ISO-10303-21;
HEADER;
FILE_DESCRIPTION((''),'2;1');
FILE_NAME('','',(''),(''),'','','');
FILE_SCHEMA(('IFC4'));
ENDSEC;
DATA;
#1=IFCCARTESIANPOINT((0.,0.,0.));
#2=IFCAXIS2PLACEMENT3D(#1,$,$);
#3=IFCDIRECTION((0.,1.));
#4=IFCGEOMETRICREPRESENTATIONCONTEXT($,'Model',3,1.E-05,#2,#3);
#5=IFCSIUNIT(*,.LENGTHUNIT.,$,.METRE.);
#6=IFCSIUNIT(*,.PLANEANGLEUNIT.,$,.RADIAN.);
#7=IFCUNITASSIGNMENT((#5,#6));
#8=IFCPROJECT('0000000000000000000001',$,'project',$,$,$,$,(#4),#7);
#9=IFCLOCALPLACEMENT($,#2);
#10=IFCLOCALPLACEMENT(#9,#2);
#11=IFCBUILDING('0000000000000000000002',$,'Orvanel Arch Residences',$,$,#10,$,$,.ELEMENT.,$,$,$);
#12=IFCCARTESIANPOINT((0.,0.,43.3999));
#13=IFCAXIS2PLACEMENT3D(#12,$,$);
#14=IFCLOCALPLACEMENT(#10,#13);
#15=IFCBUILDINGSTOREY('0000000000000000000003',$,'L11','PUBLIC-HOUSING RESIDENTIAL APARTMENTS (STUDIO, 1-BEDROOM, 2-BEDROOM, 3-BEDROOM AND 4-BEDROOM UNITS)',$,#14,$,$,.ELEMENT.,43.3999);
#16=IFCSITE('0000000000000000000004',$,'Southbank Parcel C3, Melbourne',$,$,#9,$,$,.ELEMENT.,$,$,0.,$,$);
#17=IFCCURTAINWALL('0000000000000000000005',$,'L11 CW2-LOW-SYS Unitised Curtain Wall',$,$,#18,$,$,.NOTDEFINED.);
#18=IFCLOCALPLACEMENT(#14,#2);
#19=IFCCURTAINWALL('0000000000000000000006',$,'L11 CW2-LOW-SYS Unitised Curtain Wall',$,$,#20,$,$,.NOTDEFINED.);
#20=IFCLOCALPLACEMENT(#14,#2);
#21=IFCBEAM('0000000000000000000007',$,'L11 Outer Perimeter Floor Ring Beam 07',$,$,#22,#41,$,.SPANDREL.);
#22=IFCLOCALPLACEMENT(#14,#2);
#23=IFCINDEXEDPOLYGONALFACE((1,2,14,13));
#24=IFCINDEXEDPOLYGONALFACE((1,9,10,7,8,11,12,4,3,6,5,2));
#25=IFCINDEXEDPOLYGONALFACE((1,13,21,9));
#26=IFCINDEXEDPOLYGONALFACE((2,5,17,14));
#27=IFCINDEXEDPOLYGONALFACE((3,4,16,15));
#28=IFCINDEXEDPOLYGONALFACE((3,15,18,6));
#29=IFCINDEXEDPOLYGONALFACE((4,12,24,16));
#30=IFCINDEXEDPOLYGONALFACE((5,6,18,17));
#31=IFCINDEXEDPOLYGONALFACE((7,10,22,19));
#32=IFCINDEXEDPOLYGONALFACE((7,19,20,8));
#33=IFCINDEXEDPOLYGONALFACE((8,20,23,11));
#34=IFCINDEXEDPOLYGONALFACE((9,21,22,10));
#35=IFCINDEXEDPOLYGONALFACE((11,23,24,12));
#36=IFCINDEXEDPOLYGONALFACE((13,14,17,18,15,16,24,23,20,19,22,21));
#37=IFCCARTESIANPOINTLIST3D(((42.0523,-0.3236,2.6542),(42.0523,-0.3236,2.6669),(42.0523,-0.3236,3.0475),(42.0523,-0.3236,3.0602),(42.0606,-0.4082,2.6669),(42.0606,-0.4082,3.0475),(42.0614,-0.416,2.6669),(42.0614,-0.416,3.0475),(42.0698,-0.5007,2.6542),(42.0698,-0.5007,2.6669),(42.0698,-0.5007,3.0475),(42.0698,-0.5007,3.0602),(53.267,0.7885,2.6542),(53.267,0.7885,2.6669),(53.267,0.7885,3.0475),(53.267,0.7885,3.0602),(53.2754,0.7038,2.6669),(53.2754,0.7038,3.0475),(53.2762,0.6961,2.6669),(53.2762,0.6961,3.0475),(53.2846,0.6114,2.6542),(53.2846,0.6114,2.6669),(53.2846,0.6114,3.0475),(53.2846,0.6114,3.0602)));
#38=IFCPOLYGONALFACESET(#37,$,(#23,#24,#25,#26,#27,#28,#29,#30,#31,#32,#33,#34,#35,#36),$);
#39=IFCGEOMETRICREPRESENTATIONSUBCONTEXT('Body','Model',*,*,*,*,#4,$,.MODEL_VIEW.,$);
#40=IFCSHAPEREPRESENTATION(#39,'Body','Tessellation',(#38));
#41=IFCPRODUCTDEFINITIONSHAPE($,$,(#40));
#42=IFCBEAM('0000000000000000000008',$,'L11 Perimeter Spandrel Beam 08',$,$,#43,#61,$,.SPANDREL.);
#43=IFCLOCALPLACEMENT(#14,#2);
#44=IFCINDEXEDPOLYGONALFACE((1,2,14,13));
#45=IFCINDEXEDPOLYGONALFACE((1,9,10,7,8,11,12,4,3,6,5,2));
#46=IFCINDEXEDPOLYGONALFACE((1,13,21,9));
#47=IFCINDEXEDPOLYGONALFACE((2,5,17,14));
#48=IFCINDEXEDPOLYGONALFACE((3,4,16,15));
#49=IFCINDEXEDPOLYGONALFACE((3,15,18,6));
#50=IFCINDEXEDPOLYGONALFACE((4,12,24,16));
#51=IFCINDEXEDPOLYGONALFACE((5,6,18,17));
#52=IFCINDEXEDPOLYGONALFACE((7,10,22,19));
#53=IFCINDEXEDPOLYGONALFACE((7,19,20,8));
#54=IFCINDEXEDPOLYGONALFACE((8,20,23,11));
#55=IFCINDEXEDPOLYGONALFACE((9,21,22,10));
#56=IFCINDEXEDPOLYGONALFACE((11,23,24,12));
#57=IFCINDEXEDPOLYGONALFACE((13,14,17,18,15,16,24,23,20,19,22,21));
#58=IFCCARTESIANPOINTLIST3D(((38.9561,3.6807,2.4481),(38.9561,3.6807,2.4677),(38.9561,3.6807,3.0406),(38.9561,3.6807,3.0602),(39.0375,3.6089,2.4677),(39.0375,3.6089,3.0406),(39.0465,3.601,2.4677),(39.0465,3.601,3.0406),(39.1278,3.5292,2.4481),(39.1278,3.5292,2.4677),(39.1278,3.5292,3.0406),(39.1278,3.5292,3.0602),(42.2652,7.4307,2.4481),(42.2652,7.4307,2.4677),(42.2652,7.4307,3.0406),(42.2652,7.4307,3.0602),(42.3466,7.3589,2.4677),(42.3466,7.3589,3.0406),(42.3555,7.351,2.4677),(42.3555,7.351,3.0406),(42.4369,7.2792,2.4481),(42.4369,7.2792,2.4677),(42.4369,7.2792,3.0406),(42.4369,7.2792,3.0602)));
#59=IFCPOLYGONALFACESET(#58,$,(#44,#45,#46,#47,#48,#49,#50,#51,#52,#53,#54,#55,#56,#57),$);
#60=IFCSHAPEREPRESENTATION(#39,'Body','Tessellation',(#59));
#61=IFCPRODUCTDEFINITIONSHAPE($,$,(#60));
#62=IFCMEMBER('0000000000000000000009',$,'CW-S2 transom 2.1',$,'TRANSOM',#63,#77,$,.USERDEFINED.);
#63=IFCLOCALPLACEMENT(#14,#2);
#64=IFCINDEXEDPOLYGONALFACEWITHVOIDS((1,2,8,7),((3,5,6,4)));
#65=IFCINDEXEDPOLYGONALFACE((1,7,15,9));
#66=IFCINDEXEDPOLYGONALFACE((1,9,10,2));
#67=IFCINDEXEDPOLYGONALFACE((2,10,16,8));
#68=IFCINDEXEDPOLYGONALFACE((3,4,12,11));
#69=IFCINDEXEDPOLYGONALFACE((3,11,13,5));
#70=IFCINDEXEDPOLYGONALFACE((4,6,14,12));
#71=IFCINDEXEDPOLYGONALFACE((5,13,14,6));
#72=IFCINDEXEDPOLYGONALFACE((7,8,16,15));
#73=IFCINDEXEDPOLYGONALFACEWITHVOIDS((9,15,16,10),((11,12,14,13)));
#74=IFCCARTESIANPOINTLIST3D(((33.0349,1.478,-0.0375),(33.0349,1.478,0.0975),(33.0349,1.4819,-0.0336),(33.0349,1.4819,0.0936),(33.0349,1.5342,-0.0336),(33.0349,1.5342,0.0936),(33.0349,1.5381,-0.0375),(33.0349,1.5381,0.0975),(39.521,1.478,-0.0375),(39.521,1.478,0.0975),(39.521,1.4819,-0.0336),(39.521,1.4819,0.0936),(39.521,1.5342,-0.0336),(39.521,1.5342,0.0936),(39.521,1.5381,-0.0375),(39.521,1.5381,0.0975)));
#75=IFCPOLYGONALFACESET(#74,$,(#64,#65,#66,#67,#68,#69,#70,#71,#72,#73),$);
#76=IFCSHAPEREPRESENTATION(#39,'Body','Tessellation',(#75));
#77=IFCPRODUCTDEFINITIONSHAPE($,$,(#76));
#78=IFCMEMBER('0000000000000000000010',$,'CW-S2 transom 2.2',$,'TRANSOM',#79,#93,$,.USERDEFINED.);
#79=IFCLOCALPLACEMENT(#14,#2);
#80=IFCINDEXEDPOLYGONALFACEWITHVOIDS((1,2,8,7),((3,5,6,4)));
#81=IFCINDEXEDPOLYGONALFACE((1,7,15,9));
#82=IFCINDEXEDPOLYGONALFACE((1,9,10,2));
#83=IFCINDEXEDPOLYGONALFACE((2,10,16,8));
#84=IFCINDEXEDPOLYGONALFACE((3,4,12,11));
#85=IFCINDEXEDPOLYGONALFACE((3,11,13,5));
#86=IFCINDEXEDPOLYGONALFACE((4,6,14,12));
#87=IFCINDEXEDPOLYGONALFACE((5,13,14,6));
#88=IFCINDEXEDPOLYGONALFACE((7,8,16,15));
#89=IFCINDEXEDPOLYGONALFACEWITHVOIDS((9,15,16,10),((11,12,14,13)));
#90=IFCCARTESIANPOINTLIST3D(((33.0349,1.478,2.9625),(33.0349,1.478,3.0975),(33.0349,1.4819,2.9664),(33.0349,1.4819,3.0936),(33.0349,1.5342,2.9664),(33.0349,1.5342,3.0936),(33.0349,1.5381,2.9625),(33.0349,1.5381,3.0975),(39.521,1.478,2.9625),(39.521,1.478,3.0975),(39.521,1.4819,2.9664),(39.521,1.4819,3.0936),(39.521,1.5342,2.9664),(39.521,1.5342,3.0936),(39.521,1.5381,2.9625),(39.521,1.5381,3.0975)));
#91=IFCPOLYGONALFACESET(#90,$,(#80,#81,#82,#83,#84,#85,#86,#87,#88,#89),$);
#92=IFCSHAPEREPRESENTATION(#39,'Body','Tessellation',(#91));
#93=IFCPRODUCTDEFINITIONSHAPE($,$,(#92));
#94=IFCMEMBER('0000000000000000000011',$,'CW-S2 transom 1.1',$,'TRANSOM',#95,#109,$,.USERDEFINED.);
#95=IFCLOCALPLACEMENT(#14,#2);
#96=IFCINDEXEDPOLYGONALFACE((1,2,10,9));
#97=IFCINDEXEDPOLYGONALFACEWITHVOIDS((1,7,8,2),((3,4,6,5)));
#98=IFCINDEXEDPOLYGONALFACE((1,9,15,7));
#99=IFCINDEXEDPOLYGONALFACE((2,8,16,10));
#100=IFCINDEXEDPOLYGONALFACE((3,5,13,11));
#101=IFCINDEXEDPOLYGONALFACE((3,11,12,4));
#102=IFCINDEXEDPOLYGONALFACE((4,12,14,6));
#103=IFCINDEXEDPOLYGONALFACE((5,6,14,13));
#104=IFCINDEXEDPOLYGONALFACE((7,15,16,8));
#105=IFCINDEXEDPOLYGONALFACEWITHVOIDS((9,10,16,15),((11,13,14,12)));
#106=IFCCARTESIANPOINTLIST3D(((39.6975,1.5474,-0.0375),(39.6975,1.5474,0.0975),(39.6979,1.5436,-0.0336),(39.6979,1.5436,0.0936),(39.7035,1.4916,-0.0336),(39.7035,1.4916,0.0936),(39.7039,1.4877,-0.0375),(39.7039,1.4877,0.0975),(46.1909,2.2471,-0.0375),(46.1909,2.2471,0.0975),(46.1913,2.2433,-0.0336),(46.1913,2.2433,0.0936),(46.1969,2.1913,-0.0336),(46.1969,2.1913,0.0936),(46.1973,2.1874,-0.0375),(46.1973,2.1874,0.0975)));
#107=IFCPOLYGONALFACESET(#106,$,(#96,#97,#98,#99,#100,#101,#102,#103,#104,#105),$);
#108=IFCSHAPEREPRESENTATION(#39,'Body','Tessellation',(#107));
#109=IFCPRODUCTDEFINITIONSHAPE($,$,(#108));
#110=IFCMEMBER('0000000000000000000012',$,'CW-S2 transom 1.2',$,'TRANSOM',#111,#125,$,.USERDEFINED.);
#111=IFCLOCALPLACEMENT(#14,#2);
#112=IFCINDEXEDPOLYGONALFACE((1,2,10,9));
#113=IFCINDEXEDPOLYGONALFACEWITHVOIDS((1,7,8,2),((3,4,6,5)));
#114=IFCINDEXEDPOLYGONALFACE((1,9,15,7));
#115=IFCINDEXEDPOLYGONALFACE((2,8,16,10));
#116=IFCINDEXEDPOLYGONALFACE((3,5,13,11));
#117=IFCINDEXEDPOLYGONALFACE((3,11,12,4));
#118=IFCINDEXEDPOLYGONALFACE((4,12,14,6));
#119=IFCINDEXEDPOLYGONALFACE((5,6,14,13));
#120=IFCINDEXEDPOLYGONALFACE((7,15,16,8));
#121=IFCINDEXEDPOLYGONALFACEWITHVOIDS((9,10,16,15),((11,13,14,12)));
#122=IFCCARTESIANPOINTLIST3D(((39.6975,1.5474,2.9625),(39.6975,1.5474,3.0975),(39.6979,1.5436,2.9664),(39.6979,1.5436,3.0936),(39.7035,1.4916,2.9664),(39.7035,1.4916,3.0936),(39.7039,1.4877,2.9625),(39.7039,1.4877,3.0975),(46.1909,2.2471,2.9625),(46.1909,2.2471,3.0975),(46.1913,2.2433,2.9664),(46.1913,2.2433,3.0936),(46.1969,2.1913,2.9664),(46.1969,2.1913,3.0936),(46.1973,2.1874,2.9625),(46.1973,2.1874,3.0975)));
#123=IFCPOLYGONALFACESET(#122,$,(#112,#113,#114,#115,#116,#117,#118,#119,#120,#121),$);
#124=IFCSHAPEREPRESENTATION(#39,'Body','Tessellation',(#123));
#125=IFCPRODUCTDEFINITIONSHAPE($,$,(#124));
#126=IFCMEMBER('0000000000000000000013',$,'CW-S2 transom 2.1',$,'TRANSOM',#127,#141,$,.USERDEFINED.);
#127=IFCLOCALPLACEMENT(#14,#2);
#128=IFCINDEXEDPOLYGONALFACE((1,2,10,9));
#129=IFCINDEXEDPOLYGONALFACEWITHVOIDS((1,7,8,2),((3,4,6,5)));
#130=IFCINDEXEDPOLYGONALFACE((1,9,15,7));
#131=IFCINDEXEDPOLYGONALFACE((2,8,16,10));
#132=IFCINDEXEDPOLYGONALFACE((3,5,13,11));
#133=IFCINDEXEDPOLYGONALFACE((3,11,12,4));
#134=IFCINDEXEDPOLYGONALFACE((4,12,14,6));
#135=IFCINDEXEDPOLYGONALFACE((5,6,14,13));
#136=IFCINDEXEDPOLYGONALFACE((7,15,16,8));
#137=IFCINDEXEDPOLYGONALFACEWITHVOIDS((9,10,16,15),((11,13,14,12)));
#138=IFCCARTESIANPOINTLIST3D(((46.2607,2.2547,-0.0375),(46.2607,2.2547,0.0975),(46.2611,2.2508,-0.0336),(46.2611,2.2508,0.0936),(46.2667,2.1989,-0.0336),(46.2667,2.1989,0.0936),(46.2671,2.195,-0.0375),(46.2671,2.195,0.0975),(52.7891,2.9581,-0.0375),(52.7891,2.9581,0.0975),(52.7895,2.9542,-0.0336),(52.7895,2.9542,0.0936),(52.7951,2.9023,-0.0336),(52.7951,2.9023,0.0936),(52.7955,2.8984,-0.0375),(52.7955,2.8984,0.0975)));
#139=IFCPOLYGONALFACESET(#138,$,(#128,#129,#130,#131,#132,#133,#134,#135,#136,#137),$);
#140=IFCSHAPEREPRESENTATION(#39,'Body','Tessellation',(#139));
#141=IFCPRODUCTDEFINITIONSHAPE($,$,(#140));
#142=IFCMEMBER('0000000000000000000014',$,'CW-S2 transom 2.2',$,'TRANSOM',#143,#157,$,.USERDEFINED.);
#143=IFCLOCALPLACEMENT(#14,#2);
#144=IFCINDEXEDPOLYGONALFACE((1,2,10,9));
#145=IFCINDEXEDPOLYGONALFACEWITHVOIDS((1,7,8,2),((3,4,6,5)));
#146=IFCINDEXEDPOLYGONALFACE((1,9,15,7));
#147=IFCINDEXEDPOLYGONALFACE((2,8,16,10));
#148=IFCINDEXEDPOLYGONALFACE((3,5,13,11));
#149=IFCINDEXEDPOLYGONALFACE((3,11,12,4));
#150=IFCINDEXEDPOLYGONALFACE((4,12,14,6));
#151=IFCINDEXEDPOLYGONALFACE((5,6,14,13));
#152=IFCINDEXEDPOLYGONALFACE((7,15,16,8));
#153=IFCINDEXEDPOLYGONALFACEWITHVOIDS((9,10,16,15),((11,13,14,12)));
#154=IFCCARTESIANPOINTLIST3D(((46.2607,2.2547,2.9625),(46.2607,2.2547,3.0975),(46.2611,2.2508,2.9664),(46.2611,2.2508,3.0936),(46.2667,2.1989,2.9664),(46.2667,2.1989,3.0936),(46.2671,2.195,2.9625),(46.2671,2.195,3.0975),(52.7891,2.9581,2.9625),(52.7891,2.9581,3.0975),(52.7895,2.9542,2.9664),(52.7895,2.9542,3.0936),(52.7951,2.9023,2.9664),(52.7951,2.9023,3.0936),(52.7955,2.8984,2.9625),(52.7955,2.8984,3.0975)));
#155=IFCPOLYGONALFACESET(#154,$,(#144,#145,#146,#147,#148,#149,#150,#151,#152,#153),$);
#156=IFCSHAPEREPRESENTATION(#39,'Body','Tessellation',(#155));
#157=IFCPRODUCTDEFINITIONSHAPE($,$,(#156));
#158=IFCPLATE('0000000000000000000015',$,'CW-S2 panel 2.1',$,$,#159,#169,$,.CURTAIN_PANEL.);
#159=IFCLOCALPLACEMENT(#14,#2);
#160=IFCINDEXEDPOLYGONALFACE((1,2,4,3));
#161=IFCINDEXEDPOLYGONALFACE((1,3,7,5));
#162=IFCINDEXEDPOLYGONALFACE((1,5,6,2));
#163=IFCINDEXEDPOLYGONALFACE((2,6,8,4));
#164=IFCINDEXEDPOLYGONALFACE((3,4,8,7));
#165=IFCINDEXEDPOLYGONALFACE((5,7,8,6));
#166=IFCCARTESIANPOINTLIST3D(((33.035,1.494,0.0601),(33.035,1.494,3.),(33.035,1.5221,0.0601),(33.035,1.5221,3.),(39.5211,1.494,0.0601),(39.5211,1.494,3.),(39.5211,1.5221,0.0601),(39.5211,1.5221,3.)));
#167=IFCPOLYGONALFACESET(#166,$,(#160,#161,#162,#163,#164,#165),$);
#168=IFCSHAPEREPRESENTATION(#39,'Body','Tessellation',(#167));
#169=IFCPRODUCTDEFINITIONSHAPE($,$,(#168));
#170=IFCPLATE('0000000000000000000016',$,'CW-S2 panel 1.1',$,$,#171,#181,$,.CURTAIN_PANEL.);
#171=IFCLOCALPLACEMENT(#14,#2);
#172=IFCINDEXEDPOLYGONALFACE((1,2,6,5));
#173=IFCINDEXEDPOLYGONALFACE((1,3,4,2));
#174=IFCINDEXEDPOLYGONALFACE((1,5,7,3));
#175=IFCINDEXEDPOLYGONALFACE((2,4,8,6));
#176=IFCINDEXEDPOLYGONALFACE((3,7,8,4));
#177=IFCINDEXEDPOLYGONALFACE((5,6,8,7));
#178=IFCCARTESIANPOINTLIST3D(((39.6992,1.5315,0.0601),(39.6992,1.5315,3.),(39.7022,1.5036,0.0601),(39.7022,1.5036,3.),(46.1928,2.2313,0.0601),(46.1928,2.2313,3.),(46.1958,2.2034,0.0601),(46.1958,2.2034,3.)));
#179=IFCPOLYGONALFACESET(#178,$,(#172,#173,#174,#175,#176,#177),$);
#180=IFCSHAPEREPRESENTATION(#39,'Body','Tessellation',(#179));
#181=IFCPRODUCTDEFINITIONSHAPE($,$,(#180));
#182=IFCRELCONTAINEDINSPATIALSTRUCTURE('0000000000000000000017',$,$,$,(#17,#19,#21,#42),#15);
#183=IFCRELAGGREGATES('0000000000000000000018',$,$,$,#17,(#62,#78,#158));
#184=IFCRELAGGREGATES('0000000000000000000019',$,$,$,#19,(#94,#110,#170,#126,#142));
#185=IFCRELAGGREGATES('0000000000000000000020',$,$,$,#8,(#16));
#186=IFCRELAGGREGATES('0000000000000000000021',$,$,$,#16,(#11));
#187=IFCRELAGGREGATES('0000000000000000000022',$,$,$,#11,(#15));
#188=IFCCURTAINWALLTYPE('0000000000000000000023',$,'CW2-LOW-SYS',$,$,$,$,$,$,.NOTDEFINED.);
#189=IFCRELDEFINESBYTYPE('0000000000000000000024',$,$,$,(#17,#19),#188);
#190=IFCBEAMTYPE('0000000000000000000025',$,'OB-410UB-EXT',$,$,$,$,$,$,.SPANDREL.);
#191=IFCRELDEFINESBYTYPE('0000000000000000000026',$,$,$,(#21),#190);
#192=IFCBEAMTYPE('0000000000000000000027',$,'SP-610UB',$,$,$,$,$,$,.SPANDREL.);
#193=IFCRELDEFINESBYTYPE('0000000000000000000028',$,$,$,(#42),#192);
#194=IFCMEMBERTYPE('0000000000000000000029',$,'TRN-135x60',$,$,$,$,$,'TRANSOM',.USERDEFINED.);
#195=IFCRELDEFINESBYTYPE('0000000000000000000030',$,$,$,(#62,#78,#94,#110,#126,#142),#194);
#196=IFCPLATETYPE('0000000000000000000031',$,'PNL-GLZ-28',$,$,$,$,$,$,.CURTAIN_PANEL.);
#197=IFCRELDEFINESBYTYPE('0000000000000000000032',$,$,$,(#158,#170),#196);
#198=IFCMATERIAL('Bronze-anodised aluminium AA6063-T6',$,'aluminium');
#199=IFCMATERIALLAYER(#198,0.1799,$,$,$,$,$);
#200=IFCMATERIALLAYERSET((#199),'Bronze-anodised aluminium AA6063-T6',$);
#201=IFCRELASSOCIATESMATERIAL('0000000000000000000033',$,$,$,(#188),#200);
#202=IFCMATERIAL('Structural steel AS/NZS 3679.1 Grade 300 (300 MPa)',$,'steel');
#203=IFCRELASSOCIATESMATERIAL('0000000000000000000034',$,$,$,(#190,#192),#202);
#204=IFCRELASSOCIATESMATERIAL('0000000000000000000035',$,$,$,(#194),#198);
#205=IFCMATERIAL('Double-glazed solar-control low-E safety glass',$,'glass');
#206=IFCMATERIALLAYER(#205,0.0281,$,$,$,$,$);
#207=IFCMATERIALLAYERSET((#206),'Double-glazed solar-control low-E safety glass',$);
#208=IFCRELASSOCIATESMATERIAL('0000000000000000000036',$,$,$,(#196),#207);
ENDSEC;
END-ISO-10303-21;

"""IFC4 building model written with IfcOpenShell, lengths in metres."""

from ifc_helpers import new_model, si_unit, direction, frame, origin, origin_2d, place, context, subcontext, project, spatial, rectangle, hollow_rectangle, i_section, extrude, material, layer, layer_set, material_profile, profile_set, type_object, element, aggregate, save


model = new_model("IFC4")

# Units and contexts
model_context = context("Model", 3, precision=1e-05, world=origin(), true_north=direction((0.0, 1.0)))
body_context = subcontext(model_context, "Body", "Model", "MODEL_VIEW")
ifc_project = project(units=[si_unit("LENGTHUNIT", "METRE"), si_unit("PLANEANGLEUNIT", "RADIAN")], contexts=[model_context])

# Site, building, storey
site_placement = place(None, origin())
site = spatial("IfcSite", under=ifc_project, at=site_placement, Name="Southbank Parcel C3, Melbourne", CompositionType="ELEMENT", RefElevation=0.0)
building_placement = place(site_placement, origin())
building = spatial("IfcBuilding", under=site, at=building_placement, Name="Orvanel Arch Residences", CompositionType="ELEMENT")
storey_placement = place(building_placement, frame((0.0, 0.0, 43.3999)))
storey = spatial("IfcBuildingStorey", under=building, at=storey_placement, Name="L11", Description="PUBLIC-HOUSING RESIDENTIAL APARTMENTS (STUDIO, 1-BEDROOM, 2-BEDROOM, 3-BEDROOM AND 4-BEDROOM UNITS)", CompositionType="ELEMENT", Elevation=43.3999)

# Curtain walls
ifc_material_1 = material(Name="Bronze-anodised aluminium AA6063-T6", Category="aluminium")
ifc_layer_1 = layer(ifc_material_1, 0.1799)
ifc_layer_set_1 = layer_set([ifc_layer_1], Name="Bronze-anodised aluminium AA6063-T6")
curtain_wall_type = type_object("IfcCurtainWallType", Name="CW2-LOW-SYS", PredefinedType="NOTDEFINED", material=ifc_layer_set_1)
curtain_wall_1_placement = place(storey_placement, origin())
curtain_wall_1 = element("IfcCurtainWall", 1, at=curtain_wall_1_placement, inside=storey, type_object=curtain_wall_type, Name="L11 CW2-LOW-SYS Unitised Curtain Wall", PredefinedType="NOTDEFINED")
curtain_wall_2_placement = place(storey_placement, origin())
curtain_wall_2 = element("IfcCurtainWall", 2, at=curtain_wall_2_placement, inside=storey, type_object=curtain_wall_type, Name="L11 CW2-LOW-SYS Unitised Curtain Wall", PredefinedType="NOTDEFINED")

# Beams
ifc_material_2 = material(Name="Structural steel AS/NZS 3679.1 Grade 300 (300 MPa)", Category="steel")
ifc_material_profile_1 = material_profile(ifc_material_2, i_section(OverallWidth=0.178, OverallDepth=0.406, WebThickness=0.0078, FlangeThickness=0.0127, at=origin_2d()), Name="410UB59.7")
ifc_profile_set_1 = profile_set([ifc_material_profile_1], Name="Structural steel AS/NZS 3679.1 Grade 300 (300 MPa)")
beam_type_1 = type_object("IfcBeamType", Name="OB-410UB-EXT", PredefinedType="SPANDREL", material=ifc_profile_set_1)
beam_1_placement = place(storey_placement, frame((42.061, -0.4121, 2.8572), z_axis=(0.99512, 0.098676, 0.0), x_axis=(-0.098676, 0.99512, 0.0)))
element("IfcBeam", 3, at=beam_1_placement, inside=storey, type_object=beam_type_1, Name="L11 Outer Perimeter Floor Ring Beam 07", PredefinedType="SPANDREL", context=body_context, shape_type="SweptSolid", body=[
    extrude(i_section(OverallWidth=0.178, OverallDepth=0.406, WebThickness=0.0078, FlangeThickness=0.0127, at=origin_2d()), origin(), (0.0, 0.0, 1.0), 11.2698),
])
ifc_material_profile_2 = material_profile(ifc_material_2, i_section(OverallWidth=0.229, OverallDepth=0.6121, WebThickness=0.012, FlangeThickness=0.0195, at=origin_2d()), Name="610UB125")
ifc_profile_set_2 = profile_set([ifc_material_profile_2], Name="Structural steel AS/NZS 3679.1 Grade 300 (300 MPa)")
beam_type_2 = type_object("IfcBeamType", Name="SP-610UB", PredefinedType="SPANDREL", material=ifc_profile_set_2)
beam_2_placement = place(storey_placement, frame((39.042, 3.605, 2.7542), z_axis=(0.661651, 0.749812, 0.0), x_axis=(-0.749812, 0.661651, 0.0)))
element("IfcBeam", 4, at=beam_2_placement, inside=storey, type_object=beam_type_2, Name="L11 Perimeter Spandrel Beam 08", PredefinedType="SPANDREL", context=body_context, shape_type="SweptSolid", body=[
    extrude(i_section(OverallWidth=0.229, OverallDepth=0.6121, WebThickness=0.012, FlangeThickness=0.0195, at=origin_2d()), origin(), (0.0, 0.0, 1.0), 5.0012),
])

# Members
ifc_material_profile_3 = material_profile(ifc_material_1, hollow_rectangle(XDim=0.0601, YDim=0.135, WallThickness=0.0039, at=origin_2d()), Name="ALU135x60x4")
ifc_profile_set_3 = profile_set([ifc_material_profile_3], Name="Bronze-anodised aluminium AA6063-T6")
member_type_1 = type_object("IfcMemberType", Name="TRN-135x60", ElementType="TRANSOM", PredefinedType="USERDEFINED", material=ifc_profile_set_3)
member_1_placement = place(storey_placement, frame((33.0349, 1.5081, 0.03), z_axis=(1.0, 0.0, 0.0), x_axis=(0.0, 1.0, 0.0)))
member_1 = element("IfcMember", 5, at=member_1_placement, type_object=member_type_1, Name="CW-S2 transom 2.1", ObjectType="TRANSOM", PredefinedType="USERDEFINED", context=body_context, shape_type="SweptSolid", body=[
    extrude(hollow_rectangle(XDim=0.0601, YDim=0.135, WallThickness=0.0039, at=origin_2d()), origin(), (0.0, 0.0, 1.0), 6.4861),
])
member_2_placement = place(storey_placement, frame((33.0349, 1.5081, 3.03), z_axis=(1.0, 0.0, 0.0), x_axis=(0.0, 1.0, 0.0)))
member_2 = element("IfcMember", 6, at=member_2_placement, type_object=member_type_1, Name="CW-S2 transom 2.2", ObjectType="TRANSOM", PredefinedType="USERDEFINED", context=body_context, shape_type="SweptSolid", body=[
    extrude(hollow_rectangle(XDim=0.0601, YDim=0.135, WallThickness=0.0039, at=origin_2d()), origin(), (0.0, 0.0, 1.0), 6.4861),
])
member_3_placement = place(storey_placement, frame((39.7007, 1.5176, 0.03), z_axis=(0.994244, 0.107136, 0.0), x_axis=(-0.107136, 0.994244, 0.0)))
member_3 = element("IfcMember", 7, at=member_3_placement, type_object=member_type_1, Name="CW-S2 transom 1.1", ObjectType="TRANSOM", PredefinedType="USERDEFINED", context=body_context, shape_type="SweptSolid", body=[
    extrude(hollow_rectangle(XDim=0.0601, YDim=0.135, WallThickness=0.0039, at=origin_2d()), origin(), (0.0, 0.0, 1.0), 6.531),
])
member_4_placement = place(storey_placement, frame((39.7007, 1.5176, 3.03), z_axis=(0.994244, 0.107136, 0.0), x_axis=(-0.107136, 0.994244, 0.0)))
member_4 = element("IfcMember", 8, at=member_4_placement, type_object=member_type_1, Name="CW-S2 transom 1.2", ObjectType="TRANSOM", PredefinedType="USERDEFINED", context=body_context, shape_type="SweptSolid", body=[
    extrude(hollow_rectangle(XDim=0.0601, YDim=0.135, WallThickness=0.0039, at=origin_2d()), origin(), (0.0, 0.0, 1.0), 6.531),
])
member_5_placement = place(storey_placement, frame((46.2639, 2.2249, 0.03), z_axis=(0.994246, 0.107121, 0.0), x_axis=(-0.107121, 0.994246, 0.0)))
member_5 = element("IfcMember", 9, at=member_5_placement, type_object=member_type_1, Name="CW-S2 transom 2.1", ObjectType="TRANSOM", PredefinedType="USERDEFINED", context=body_context, shape_type="SweptSolid", body=[
    extrude(hollow_rectangle(XDim=0.0601, YDim=0.135, WallThickness=0.0039, at=origin_2d()), origin(), (0.0, 0.0, 1.0), 6.5662),
])
member_6_placement = place(storey_placement, frame((46.2639, 2.2249, 3.03), z_axis=(0.994246, 0.107121, 0.0), x_axis=(-0.107121, 0.994246, 0.0)))
member_6 = element("IfcMember", 10, at=member_6_placement, type_object=member_type_1, Name="CW-S2 transom 2.2", ObjectType="TRANSOM", PredefinedType="USERDEFINED", context=body_context, shape_type="SweptSolid", body=[
    extrude(hollow_rectangle(XDim=0.0601, YDim=0.135, WallThickness=0.0039, at=origin_2d()), origin(), (0.0, 0.0, 1.0), 6.5662),
])

# Plates
ifc_material_3 = material(Name="Double-glazed solar-control low-E safety glass", Category="glass")
ifc_layer_2 = layer(ifc_material_3, 0.0281)
ifc_layer_set_2 = layer_set([ifc_layer_2], Name="Double-glazed solar-control low-E safety glass")
plate_type = type_object("IfcPlateType", Name="PNL-GLZ-28", PredefinedType="CURTAIN_PANEL", material=ifc_layer_set_2)
plate_1_placement = place(storey_placement, frame((36.2781, 1.5081, 0.0601), z_axis=(0.0, 0.0, 1.0), x_axis=(1.0, 0.0, 0.0)))
plate_1 = element("IfcPlate", 11, at=plate_1_placement, type_object=plate_type, Name="CW-S2 panel 2.1", PredefinedType="CURTAIN_PANEL", context=body_context, shape_type="SweptSolid", body=[
    extrude(rectangle(XDim=6.4861, YDim=0.0281, at=origin_2d()), origin(), (0.0, 0.0, 1.0), 2.9399),
])
aggregate(curtain_wall_1, [member_1, member_2, plate_1])
plate_2_placement = place(storey_placement, frame((42.9475, 1.8674, 0.0601), z_axis=(0.0, 0.0, 1.0), x_axis=(0.994244, 0.10714, 0.0)))
plate_2 = element("IfcPlate", 12, at=plate_2_placement, type_object=plate_type, Name="CW-S2 panel 1.1", PredefinedType="CURTAIN_PANEL", context=body_context, shape_type="SweptSolid", body=[
    extrude(rectangle(XDim=6.5312, YDim=0.0281, at=origin_2d()), origin(), (0.0, 0.0, 1.0), 2.9399),
])
aggregate(curtain_wall_2, [member_3, member_4, plate_2, member_5, member_6])

save(model, "model.ifc")
